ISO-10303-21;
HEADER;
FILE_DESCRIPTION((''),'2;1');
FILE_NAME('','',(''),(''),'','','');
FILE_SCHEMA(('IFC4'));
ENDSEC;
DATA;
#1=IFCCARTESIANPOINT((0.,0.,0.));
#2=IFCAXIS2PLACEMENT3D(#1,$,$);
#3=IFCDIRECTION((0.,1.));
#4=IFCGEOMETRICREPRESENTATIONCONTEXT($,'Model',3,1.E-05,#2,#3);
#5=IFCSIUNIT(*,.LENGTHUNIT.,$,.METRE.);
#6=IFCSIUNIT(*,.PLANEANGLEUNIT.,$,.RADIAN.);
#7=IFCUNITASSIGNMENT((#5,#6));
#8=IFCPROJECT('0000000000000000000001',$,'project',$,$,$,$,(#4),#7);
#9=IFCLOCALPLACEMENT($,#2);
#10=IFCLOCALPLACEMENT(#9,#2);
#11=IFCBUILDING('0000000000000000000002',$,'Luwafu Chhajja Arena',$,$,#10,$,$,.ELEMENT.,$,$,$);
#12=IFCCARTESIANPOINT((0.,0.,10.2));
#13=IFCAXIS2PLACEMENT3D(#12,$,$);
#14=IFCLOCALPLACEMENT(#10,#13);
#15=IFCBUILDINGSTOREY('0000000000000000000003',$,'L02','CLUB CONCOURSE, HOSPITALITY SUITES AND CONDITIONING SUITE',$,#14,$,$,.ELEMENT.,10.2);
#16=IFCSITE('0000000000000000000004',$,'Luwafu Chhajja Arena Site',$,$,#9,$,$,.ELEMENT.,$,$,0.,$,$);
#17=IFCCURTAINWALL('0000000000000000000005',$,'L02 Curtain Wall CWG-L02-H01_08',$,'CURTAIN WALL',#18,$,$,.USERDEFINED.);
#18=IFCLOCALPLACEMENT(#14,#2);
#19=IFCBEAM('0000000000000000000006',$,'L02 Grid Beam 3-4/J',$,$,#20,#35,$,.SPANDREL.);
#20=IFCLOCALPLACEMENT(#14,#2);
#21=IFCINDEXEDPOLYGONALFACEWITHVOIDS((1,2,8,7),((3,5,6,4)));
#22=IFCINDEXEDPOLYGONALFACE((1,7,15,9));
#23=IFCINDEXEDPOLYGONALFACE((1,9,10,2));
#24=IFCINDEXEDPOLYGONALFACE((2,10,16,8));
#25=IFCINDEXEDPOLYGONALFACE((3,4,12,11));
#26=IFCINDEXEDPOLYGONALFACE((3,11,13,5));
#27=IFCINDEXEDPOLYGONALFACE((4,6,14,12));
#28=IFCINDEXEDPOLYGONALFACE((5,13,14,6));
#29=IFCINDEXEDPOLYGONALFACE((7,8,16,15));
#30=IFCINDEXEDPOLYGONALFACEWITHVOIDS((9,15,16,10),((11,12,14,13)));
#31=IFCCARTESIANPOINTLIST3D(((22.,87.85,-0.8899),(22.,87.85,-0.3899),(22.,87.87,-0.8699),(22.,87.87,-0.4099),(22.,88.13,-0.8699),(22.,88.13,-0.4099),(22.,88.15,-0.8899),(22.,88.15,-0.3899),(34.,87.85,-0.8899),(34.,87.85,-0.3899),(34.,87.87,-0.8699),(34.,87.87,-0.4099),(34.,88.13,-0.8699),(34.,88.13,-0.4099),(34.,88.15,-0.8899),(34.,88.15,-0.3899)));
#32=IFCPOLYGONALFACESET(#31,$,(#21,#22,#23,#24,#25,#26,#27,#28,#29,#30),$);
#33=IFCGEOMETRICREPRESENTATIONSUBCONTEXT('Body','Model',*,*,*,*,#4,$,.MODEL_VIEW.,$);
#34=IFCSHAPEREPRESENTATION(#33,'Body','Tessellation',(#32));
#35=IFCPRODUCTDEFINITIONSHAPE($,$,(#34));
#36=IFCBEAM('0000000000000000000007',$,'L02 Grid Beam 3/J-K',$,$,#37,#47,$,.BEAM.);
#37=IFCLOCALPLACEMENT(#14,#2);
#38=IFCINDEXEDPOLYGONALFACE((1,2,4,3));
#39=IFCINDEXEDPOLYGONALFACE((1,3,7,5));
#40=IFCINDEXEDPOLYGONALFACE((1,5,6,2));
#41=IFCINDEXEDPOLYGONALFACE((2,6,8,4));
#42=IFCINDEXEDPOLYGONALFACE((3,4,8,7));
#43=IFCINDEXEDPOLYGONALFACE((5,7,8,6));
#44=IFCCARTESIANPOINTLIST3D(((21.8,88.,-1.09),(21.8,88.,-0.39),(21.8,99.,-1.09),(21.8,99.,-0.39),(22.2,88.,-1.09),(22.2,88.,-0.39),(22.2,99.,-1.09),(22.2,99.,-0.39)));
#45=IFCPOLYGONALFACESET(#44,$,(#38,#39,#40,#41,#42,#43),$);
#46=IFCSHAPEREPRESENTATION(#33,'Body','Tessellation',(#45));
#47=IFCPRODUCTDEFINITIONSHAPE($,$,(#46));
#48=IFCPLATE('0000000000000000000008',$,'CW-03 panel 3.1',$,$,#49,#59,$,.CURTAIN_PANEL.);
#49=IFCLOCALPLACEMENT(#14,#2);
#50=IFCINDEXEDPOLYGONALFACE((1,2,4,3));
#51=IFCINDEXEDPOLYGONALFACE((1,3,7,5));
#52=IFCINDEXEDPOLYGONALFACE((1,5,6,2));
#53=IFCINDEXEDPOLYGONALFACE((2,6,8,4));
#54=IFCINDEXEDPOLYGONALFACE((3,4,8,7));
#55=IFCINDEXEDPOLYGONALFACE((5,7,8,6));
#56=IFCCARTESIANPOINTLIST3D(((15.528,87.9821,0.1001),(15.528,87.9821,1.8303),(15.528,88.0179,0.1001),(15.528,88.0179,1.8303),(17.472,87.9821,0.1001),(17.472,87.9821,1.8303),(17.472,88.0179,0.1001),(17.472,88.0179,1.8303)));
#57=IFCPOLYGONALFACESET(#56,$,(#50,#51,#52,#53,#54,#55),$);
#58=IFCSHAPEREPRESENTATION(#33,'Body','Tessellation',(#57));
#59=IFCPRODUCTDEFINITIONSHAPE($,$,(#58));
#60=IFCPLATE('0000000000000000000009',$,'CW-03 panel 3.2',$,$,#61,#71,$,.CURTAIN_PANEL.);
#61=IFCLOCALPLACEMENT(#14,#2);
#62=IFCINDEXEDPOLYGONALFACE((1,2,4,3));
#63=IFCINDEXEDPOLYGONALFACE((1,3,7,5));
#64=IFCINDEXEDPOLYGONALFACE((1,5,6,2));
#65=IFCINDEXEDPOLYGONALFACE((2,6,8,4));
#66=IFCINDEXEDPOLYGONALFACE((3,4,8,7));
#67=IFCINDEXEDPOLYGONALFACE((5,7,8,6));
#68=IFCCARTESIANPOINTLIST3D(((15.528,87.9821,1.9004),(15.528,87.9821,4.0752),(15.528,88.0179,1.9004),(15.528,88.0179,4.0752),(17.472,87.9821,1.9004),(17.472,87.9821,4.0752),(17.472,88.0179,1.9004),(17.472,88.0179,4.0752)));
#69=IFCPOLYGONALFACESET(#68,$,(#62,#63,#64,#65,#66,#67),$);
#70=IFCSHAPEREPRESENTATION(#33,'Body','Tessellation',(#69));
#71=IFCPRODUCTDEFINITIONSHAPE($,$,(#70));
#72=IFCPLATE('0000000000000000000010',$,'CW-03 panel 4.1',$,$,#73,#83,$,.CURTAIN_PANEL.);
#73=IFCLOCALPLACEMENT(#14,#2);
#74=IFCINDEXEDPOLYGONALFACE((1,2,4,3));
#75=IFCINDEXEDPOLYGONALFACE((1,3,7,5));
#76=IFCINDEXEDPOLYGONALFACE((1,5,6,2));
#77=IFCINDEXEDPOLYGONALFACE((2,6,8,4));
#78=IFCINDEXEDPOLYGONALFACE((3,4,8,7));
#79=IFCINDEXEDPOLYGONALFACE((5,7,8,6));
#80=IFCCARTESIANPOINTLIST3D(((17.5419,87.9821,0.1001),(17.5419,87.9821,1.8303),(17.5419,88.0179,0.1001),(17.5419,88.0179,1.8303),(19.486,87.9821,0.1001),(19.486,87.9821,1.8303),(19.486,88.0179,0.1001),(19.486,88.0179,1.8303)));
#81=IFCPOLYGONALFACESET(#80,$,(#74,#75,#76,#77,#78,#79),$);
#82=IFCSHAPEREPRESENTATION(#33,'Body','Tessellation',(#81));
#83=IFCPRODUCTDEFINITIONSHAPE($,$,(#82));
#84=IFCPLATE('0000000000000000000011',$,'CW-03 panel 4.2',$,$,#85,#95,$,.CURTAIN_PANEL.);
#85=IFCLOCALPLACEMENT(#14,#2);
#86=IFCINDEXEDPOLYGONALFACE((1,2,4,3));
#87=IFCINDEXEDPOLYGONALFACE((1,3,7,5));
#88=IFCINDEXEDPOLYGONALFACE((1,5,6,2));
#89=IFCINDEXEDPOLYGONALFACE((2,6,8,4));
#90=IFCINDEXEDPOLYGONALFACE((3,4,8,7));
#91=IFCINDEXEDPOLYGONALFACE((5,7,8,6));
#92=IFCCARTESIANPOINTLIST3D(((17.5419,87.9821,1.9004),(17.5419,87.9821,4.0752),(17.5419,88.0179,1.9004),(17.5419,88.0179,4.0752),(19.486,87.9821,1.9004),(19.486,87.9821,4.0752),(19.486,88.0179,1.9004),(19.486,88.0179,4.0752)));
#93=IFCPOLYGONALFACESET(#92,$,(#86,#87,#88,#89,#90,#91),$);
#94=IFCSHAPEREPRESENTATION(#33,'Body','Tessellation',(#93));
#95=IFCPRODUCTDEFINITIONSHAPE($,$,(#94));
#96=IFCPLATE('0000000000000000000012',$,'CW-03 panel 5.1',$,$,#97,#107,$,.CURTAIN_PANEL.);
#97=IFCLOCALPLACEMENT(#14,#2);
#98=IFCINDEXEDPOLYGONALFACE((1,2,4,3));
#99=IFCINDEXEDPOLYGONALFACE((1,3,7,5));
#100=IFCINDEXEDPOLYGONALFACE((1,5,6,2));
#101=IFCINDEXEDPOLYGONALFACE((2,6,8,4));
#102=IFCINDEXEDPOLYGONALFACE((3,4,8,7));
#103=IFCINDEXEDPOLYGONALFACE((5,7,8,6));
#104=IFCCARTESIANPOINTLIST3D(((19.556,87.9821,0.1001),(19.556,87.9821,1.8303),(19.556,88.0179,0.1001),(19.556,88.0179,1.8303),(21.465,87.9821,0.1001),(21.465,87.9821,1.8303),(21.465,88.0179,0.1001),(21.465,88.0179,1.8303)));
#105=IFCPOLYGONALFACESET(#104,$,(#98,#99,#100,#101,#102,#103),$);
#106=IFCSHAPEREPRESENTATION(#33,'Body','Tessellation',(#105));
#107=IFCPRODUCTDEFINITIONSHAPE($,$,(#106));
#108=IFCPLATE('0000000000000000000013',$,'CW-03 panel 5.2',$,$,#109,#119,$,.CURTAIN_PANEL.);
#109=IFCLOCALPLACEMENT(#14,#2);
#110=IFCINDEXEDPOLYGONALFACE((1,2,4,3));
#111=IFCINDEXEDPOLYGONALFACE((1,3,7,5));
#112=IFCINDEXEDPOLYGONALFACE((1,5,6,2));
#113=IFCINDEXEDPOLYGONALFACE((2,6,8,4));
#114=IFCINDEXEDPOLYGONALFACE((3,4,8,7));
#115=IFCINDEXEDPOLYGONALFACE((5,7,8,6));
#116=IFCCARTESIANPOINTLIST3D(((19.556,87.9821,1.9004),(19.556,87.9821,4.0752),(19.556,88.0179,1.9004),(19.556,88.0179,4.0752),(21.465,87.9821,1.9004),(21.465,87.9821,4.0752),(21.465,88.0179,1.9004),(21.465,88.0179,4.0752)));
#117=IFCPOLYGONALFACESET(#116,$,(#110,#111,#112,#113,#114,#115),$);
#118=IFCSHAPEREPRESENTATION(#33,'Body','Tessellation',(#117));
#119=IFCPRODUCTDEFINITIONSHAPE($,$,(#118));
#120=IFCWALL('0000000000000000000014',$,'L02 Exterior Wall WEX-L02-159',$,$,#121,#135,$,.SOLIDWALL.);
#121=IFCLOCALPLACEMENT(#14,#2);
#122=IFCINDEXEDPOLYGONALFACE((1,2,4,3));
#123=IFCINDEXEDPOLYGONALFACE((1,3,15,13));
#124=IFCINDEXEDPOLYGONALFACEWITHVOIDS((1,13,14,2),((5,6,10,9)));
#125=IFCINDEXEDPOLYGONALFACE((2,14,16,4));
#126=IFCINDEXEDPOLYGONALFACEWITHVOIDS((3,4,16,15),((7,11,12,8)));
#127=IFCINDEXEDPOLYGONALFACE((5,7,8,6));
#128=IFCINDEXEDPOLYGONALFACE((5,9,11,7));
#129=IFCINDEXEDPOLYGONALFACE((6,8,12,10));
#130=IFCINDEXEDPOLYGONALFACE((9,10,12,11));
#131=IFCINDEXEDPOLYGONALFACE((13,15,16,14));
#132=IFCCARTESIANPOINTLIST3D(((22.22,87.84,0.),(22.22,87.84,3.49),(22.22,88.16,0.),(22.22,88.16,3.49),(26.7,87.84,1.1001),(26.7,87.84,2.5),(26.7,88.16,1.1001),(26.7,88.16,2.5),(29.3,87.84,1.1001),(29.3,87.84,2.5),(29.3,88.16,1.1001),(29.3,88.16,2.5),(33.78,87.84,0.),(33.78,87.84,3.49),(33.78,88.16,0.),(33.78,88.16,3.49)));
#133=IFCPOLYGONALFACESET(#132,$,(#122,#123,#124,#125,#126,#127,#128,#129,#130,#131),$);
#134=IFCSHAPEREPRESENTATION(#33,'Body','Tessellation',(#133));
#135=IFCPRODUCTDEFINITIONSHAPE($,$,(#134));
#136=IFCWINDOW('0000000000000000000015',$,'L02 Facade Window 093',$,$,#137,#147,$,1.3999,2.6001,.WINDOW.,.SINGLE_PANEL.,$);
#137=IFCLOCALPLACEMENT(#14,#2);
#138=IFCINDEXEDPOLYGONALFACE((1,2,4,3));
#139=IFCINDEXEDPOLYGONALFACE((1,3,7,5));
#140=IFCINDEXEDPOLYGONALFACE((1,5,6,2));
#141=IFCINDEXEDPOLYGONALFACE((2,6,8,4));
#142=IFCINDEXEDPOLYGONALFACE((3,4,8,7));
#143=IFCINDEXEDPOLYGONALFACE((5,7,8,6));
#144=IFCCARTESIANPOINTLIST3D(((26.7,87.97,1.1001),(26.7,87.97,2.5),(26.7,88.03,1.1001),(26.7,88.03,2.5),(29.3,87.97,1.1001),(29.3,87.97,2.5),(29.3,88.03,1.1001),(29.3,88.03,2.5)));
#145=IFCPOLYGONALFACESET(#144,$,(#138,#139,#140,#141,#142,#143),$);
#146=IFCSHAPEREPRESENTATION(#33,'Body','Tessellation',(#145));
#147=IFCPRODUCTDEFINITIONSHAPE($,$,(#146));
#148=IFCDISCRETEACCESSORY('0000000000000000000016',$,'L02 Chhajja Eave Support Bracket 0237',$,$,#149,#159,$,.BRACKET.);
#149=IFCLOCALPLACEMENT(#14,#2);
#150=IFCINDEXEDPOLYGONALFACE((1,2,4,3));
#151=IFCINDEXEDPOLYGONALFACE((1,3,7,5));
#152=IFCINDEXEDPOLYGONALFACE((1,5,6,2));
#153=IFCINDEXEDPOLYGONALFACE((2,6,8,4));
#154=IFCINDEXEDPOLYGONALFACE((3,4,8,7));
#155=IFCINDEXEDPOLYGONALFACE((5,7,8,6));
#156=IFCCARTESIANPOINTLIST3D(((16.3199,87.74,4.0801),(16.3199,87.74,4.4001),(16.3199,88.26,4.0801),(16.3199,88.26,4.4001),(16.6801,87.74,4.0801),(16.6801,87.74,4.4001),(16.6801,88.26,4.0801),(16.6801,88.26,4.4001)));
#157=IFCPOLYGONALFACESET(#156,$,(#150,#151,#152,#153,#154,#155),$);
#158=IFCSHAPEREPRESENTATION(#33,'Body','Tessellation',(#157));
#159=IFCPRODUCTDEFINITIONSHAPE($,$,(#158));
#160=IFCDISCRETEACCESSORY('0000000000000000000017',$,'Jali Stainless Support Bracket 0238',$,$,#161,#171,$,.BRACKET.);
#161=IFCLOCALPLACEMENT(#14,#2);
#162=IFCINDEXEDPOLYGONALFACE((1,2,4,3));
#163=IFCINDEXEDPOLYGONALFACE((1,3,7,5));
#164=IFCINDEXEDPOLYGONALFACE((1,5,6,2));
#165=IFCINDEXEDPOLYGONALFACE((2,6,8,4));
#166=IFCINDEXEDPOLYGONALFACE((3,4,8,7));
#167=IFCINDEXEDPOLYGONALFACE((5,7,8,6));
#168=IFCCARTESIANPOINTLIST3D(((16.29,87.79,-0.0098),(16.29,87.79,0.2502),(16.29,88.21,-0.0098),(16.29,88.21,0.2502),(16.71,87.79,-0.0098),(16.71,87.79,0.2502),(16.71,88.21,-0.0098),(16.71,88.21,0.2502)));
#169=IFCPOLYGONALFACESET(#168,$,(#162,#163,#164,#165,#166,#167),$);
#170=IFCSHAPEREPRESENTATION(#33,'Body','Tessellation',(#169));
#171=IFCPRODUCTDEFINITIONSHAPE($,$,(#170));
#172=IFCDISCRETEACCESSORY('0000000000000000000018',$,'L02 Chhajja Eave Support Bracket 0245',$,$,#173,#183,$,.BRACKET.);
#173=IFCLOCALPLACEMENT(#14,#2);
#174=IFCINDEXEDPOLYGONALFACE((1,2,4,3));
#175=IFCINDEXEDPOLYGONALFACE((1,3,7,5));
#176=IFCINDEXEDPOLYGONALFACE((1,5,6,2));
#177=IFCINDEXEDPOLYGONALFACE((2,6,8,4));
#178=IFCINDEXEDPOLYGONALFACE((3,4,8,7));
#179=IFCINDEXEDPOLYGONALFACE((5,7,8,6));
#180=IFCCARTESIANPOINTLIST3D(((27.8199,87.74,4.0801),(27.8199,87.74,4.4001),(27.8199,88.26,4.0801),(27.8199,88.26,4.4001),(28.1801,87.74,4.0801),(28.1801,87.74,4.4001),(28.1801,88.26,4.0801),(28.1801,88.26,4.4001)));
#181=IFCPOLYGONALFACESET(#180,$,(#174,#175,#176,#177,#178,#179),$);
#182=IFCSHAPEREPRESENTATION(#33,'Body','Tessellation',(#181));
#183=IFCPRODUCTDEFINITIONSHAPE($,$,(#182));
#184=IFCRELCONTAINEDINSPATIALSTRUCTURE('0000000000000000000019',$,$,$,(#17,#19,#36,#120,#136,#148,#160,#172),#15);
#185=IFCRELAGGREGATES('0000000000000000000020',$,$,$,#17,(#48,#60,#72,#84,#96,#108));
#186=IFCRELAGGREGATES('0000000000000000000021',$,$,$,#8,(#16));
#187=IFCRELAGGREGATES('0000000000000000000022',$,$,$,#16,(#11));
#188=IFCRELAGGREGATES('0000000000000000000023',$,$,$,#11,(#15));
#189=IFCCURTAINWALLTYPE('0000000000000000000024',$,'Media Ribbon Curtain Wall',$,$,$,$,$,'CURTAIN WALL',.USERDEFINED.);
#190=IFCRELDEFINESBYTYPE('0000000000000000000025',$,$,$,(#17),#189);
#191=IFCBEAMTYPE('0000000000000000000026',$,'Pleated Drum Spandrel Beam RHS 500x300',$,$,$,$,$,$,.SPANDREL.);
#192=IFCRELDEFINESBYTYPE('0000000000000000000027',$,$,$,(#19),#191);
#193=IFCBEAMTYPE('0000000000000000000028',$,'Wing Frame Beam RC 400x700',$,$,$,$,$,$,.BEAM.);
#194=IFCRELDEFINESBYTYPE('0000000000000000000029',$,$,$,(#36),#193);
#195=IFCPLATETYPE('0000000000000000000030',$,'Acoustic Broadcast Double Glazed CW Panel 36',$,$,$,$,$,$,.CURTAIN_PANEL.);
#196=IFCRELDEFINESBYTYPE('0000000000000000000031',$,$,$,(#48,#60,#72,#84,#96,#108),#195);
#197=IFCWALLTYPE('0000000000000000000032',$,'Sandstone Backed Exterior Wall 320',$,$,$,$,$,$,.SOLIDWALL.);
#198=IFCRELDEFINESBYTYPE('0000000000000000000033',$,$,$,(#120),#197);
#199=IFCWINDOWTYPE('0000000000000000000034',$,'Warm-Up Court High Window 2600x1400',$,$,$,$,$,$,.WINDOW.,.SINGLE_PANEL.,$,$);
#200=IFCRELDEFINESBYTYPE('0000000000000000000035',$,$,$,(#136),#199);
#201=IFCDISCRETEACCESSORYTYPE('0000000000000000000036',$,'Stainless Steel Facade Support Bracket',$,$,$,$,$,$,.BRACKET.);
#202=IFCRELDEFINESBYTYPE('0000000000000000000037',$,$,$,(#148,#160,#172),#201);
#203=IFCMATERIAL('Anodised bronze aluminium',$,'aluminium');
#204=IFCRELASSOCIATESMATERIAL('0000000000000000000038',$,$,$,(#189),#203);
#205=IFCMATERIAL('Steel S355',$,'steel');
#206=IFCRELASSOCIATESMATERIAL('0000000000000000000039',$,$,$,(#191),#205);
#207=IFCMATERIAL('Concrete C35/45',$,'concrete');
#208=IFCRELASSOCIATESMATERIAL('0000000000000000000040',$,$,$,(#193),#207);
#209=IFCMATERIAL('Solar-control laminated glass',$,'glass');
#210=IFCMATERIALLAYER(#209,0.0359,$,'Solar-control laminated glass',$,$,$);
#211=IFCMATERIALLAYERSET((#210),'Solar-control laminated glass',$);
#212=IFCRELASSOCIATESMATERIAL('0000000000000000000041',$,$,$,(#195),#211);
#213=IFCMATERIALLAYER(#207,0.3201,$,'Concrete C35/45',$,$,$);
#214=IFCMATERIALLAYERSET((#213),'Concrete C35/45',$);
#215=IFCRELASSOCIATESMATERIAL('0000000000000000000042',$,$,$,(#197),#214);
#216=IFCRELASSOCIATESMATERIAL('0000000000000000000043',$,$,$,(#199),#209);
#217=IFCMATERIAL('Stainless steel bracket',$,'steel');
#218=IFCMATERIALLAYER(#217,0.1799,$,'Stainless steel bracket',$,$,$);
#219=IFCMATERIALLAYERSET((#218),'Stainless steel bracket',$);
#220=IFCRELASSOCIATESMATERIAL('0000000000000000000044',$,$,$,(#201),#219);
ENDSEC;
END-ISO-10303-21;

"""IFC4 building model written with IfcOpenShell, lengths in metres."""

from ifc_helpers import new_model, si_unit, direction, frame, frame_2d, origin, origin_2d, place, context, subcontext, project, spatial, rectangle, hollow_rectangle, extrude, material, layer, layer_set, material_profile, profile_set, type_object, element, fill, aggregate, save


model = new_model("IFC4")

# Units and contexts
model_context = context("Model", 3, precision=1e-05, world=origin(), true_north=direction((0.0, 1.0)))
body_context = subcontext(model_context, "Body", "Model", "MODEL_VIEW")
ifc_project = project(units=[si_unit("LENGTHUNIT", "METRE"), si_unit("PLANEANGLEUNIT", "RADIAN")], contexts=[model_context])

# Site, building, storey
site_placement = place(None, origin())
site = spatial("IfcSite", under=ifc_project, at=site_placement, Name="Luwafu Chhajja Arena Site", CompositionType="ELEMENT", RefElevation=0.0)
building_placement = place(site_placement, origin())
building = spatial("IfcBuilding", under=site, at=building_placement, Name="Luwafu Chhajja Arena", CompositionType="ELEMENT")
storey_placement = place(building_placement, frame((0.0, 0.0, 10.2)))
storey = spatial("IfcBuildingStorey", under=building, at=storey_placement, Name="L02", Description="CLUB CONCOURSE, HOSPITALITY SUITES AND CONDITIONING SUITE", CompositionType="ELEMENT", Elevation=10.2)

# Shared definitions
ifc_material_1 = material(Name="Concrete C35/45", Category="concrete")

# Curtain wall
ifc_material_2 = material(Name="Anodised bronze aluminium", Category="aluminium")
curtain_wall_type = type_object("IfcCurtainWallType", Name="Media Ribbon Curtain Wall", ElementType="CURTAIN WALL", PredefinedType="USERDEFINED", material=ifc_material_2)
curtain_wall_placement = place(storey_placement, origin())
curtain_wall = element("IfcCurtainWall", 1, at=curtain_wall_placement, inside=storey, type_object=curtain_wall_type, Name="L02 Curtain Wall CWG-L02-H01_08", ObjectType="CURTAIN WALL", PredefinedType="USERDEFINED")

# Beams
ifc_material_3 = material(Name="Steel S355", Category="steel")
ifc_material_profile_1 = material_profile(ifc_material_3, hollow_rectangle(XDim=0.3, YDim=0.5, WallThickness=0.02, at=origin_2d()), Name="RHS 500x300x20")
ifc_profile_set_1 = profile_set([ifc_material_profile_1], Name="Steel S355")
beam_type_1 = type_object("IfcBeamType", Name="Pleated Drum Spandrel Beam RHS 500x300", PredefinedType="SPANDREL", material=ifc_profile_set_1)
beam_1_placement = place(storey_placement, frame((22.0, 88.0, -0.6399), z_axis=(1.0, 0.0, 0.0), x_axis=(0.0, 1.0, 0.0)))
element("IfcBeam", 2, at=beam_1_placement, inside=storey, type_object=beam_type_1, Name="L02 Grid Beam 3-4/J", PredefinedType="SPANDREL", context=body_context, shape_type="SweptSolid", body=[
    extrude(hollow_rectangle(XDim=0.3, YDim=0.5, WallThickness=0.02, at=origin_2d()), origin(), (0.0, 0.0, 1.0), 12.0),
])
ifc_material_profile_2 = material_profile(ifc_material_1, rectangle(XDim=0.3999, YDim=0.7, at=origin_2d()), Name="RC 400x700")
ifc_profile_set_2 = profile_set([ifc_material_profile_2], Name="Concrete C35/45")
beam_type_2 = type_object("IfcBeamType", Name="Wing Frame Beam RC 400x700", PredefinedType="BEAM", material=ifc_profile_set_2)
beam_2_placement = place(storey_placement, frame((22.0, 88.0, -0.74), z_axis=(0.0, 1.0, 0.0), x_axis=(-1.0, 0.0, 0.0)))
element("IfcBeam", 3, at=beam_2_placement, inside=storey, type_object=beam_type_2, Name="L02 Grid Beam 3/J-K", PredefinedType="BEAM", context=body_context, shape_type="SweptSolid", body=[
    extrude(rectangle(XDim=0.3999, YDim=0.7, at=origin_2d()), origin(), (0.0, 0.0, 1.0), 11.0),
])

# Plates
ifc_material_4 = material(Name="Solar-control laminated glass", Category="glass")
ifc_layer_1 = layer(ifc_material_4, 0.0359, Name="Solar-control laminated glass")
ifc_layer_set_1 = layer_set([ifc_layer_1], Name="Solar-control laminated glass")
plate_type = type_object("IfcPlateType", Name="Acoustic Broadcast Double Glazed CW Panel 36", PredefinedType="CURTAIN_PANEL", material=ifc_layer_set_1)
plate_1_placement = place(storey_placement, frame((16.5, 88.0, 0.1001), z_axis=(0.0, 0.0, 1.0), x_axis=(1.0, 0.0, 0.0)))
plate_1 = element("IfcPlate", 4, at=plate_1_placement, type_object=plate_type, Name="CW-03 panel 3.1", PredefinedType="CURTAIN_PANEL", context=body_context, shape_type="SweptSolid", body=[
    extrude(rectangle(XDim=1.9441, YDim=0.0359, at=origin_2d()), origin(), (0.0, 0.0, 1.0), 1.7302),
])
plate_2_placement = place(storey_placement, frame((16.5, 88.0, 1.9004), z_axis=(0.0, 0.0, 1.0), x_axis=(1.0, 0.0, 0.0)))
plate_2 = element("IfcPlate", 5, at=plate_2_placement, type_object=plate_type, Name="CW-03 panel 3.2", PredefinedType="CURTAIN_PANEL", context=body_context, shape_type="SweptSolid", body=[
    extrude(rectangle(XDim=1.9441, YDim=0.0359, at=origin_2d()), origin(), (0.0, 0.0, 1.0), 2.1748),
])
plate_3_placement = place(storey_placement, frame((18.5139, 88.0, 0.1001), z_axis=(0.0, 0.0, 1.0), x_axis=(1.0, 0.0, 0.0)))
plate_3 = element("IfcPlate", 6, at=plate_3_placement, type_object=plate_type, Name="CW-03 panel 4.1", PredefinedType="CURTAIN_PANEL", context=body_context, shape_type="SweptSolid", body=[
    extrude(rectangle(XDim=1.9441, YDim=0.0359, at=origin_2d()), origin(), (0.0, 0.0, 1.0), 1.7302),
])
plate_4_placement = place(storey_placement, frame((18.5139, 88.0, 1.9004), z_axis=(0.0, 0.0, 1.0), x_axis=(1.0, 0.0, 0.0)))
plate_4 = element("IfcPlate", 7, at=plate_4_placement, type_object=plate_type, Name="CW-03 panel 4.2", PredefinedType="CURTAIN_PANEL", context=body_context, shape_type="SweptSolid", body=[
    extrude(rectangle(XDim=1.9441, YDim=0.0359, at=origin_2d()), origin(), (0.0, 0.0, 1.0), 2.1748),
])
plate_5_placement = place(storey_placement, frame((20.5105, 88.0, 0.1001), z_axis=(0.0, 0.0, 1.0), x_axis=(1.0, 0.0, 0.0)))
plate_5 = element("IfcPlate", 8, at=plate_5_placement, type_object=plate_type, Name="CW-03 panel 5.1", PredefinedType="CURTAIN_PANEL", context=body_context, shape_type="SweptSolid", body=[
    extrude(rectangle(XDim=1.9089, YDim=0.0359, at=origin_2d()), origin(), (0.0, 0.0, 1.0), 1.7302),
])
plate_6_placement = place(storey_placement, frame((20.5105, 88.0, 1.9004), z_axis=(0.0, 0.0, 1.0), x_axis=(1.0, 0.0, 0.0)))
plate_6 = element("IfcPlate", 9, at=plate_6_placement, type_object=plate_type, Name="CW-03 panel 5.2", PredefinedType="CURTAIN_PANEL", context=body_context, shape_type="SweptSolid", body=[
    extrude(rectangle(XDim=1.9089, YDim=0.0359, at=origin_2d()), origin(), (0.0, 0.0, 1.0), 2.1748),
])
aggregate(curtain_wall, [plate_1, plate_2, plate_3, plate_4, plate_5, plate_6])

# Wall, opening, window
ifc_layer_2 = layer(ifc_material_1, 0.3201, Name="Concrete C35/45")
ifc_layer_set_2 = layer_set([ifc_layer_2], Name="Concrete C35/45")
wall_type = type_object("IfcWallType", Name="Sandstone Backed Exterior Wall 320", PredefinedType="SOLIDWALL", material=ifc_layer_set_2)
wall_placement = place(storey_placement, frame((22.22, 88.0, 0.0), z_axis=(0.0, 0.0, 1.0), x_axis=(1.0, 0.0, 0.0)))
wall = element("IfcWall", 10, at=wall_placement, inside=storey, type_object=wall_type, Name="L02 Exterior Wall WEX-L02-159", PredefinedType="SOLIDWALL", context=body_context, shape_type="SweptSolid", body=[
    extrude(rectangle(XDim=11.5601, YDim=0.3201, at=frame_2d((5.78, 0.0))), origin(), (0.0, 0.0, 1.0), 3.49),
])
opening_placement = place(wall_placement, frame((4.48, 0.0, 1.1001)))
opening = element("IfcOpeningElement", 11, at=opening_placement, cuts=wall, PredefinedType="OPENING", context=body_context, shape_type="SweptSolid", body=[
    extrude(rectangle(XDim=2.6001, YDim=1.3999, at=frame_2d((1.3, 0.7))), frame((0.0, 0.1699, 0.0), z_axis=(0.0, -1.0, 0.0), x_axis=(1.0, 0.0, 0.0)), (0.0, 0.0, 1.0), 0.3401),
])
window_type = type_object("IfcWindowType", Name="Warm-Up Court High Window 2600x1400", PartitioningType="SINGLE_PANEL", PredefinedType="WINDOW", material=ifc_material_4)
window_placement = place(opening_placement, origin())
window = element("IfcWindow", 12, at=window_placement, inside=storey, type_object=window_type, Name="L02 Facade Window 093", OverallHeight=1.3999, OverallWidth=2.6001, PartitioningType="SINGLE_PANEL", PredefinedType="WINDOW", context=body_context, shape_type="SweptSolid", body=[
    extrude(rectangle(XDim=2.6001, YDim=1.3999, at=frame_2d((1.3, 0.7))), frame((0.0, 0.03, 0.0), z_axis=(0.0, -1.0, 0.0), x_axis=(1.0, 0.0, 0.0)), (0.0, 0.0, 1.0), 0.0601),
])
fill(opening, window)

# Discrete accessories
ifc_material_5 = material(Name="Stainless steel bracket", Category="steel")
ifc_layer_3 = layer(ifc_material_5, 0.1799, Name="Stainless steel bracket")
ifc_layer_set_3 = layer_set([ifc_layer_3], Name="Stainless steel bracket")
discrete_accessory_type = type_object("IfcDiscreteAccessoryType", Name="Stainless Steel Facade Support Bracket", PredefinedType="BRACKET", material=ifc_layer_set_3)
discrete_accessory_1_placement = place(storey_placement, frame((16.5, 88.0, 4.0801), z_axis=(0.0, 0.0, 1.0), x_axis=(1.0, 0.0, 0.0)))
element("IfcDiscreteAccessory", 13, at=discrete_accessory_1_placement, inside=storey, type_object=discrete_accessory_type, Name="L02 Chhajja Eave Support Bracket 0237", PredefinedType="BRACKET", context=body_context, shape_type="SweptSolid", body=[
    extrude(rectangle(XDim=0.3601, YDim=0.52, at=origin_2d()), origin(), (0.0, 0.0, 1.0), 0.3201),
])
discrete_accessory_2_placement = place(storey_placement, frame((16.5, 88.0, -0.0098), z_axis=(0.0, 0.0, 1.0), x_axis=(1.0, 0.0, 0.0)))
element("IfcDiscreteAccessory", 14, at=discrete_accessory_2_placement, inside=storey, type_object=discrete_accessory_type, Name="Jali Stainless Support Bracket 0238", PredefinedType="BRACKET", context=body_context, shape_type="SweptSolid", body=[
    extrude(rectangle(XDim=0.4199, YDim=0.4199, at=origin_2d()), origin(), (0.0, 0.0, 1.0), 0.26),
])
discrete_accessory_3_placement = place(storey_placement, frame((28.0, 88.0, 4.0801), z_axis=(0.0, 0.0, 1.0), x_axis=(1.0, 0.0, 0.0)))
element("IfcDiscreteAccessory", 15, at=discrete_accessory_3_placement, inside=storey, type_object=discrete_accessory_type, Name="L02 Chhajja Eave Support Bracket 0245", PredefinedType="BRACKET", context=body_context, shape_type="SweptSolid", body=[
    extrude(rectangle(XDim=0.3601, YDim=0.52, at=origin_2d()), origin(), (0.0, 0.0, 1.0), 0.3201),
])

save(model, "model.ifc")
